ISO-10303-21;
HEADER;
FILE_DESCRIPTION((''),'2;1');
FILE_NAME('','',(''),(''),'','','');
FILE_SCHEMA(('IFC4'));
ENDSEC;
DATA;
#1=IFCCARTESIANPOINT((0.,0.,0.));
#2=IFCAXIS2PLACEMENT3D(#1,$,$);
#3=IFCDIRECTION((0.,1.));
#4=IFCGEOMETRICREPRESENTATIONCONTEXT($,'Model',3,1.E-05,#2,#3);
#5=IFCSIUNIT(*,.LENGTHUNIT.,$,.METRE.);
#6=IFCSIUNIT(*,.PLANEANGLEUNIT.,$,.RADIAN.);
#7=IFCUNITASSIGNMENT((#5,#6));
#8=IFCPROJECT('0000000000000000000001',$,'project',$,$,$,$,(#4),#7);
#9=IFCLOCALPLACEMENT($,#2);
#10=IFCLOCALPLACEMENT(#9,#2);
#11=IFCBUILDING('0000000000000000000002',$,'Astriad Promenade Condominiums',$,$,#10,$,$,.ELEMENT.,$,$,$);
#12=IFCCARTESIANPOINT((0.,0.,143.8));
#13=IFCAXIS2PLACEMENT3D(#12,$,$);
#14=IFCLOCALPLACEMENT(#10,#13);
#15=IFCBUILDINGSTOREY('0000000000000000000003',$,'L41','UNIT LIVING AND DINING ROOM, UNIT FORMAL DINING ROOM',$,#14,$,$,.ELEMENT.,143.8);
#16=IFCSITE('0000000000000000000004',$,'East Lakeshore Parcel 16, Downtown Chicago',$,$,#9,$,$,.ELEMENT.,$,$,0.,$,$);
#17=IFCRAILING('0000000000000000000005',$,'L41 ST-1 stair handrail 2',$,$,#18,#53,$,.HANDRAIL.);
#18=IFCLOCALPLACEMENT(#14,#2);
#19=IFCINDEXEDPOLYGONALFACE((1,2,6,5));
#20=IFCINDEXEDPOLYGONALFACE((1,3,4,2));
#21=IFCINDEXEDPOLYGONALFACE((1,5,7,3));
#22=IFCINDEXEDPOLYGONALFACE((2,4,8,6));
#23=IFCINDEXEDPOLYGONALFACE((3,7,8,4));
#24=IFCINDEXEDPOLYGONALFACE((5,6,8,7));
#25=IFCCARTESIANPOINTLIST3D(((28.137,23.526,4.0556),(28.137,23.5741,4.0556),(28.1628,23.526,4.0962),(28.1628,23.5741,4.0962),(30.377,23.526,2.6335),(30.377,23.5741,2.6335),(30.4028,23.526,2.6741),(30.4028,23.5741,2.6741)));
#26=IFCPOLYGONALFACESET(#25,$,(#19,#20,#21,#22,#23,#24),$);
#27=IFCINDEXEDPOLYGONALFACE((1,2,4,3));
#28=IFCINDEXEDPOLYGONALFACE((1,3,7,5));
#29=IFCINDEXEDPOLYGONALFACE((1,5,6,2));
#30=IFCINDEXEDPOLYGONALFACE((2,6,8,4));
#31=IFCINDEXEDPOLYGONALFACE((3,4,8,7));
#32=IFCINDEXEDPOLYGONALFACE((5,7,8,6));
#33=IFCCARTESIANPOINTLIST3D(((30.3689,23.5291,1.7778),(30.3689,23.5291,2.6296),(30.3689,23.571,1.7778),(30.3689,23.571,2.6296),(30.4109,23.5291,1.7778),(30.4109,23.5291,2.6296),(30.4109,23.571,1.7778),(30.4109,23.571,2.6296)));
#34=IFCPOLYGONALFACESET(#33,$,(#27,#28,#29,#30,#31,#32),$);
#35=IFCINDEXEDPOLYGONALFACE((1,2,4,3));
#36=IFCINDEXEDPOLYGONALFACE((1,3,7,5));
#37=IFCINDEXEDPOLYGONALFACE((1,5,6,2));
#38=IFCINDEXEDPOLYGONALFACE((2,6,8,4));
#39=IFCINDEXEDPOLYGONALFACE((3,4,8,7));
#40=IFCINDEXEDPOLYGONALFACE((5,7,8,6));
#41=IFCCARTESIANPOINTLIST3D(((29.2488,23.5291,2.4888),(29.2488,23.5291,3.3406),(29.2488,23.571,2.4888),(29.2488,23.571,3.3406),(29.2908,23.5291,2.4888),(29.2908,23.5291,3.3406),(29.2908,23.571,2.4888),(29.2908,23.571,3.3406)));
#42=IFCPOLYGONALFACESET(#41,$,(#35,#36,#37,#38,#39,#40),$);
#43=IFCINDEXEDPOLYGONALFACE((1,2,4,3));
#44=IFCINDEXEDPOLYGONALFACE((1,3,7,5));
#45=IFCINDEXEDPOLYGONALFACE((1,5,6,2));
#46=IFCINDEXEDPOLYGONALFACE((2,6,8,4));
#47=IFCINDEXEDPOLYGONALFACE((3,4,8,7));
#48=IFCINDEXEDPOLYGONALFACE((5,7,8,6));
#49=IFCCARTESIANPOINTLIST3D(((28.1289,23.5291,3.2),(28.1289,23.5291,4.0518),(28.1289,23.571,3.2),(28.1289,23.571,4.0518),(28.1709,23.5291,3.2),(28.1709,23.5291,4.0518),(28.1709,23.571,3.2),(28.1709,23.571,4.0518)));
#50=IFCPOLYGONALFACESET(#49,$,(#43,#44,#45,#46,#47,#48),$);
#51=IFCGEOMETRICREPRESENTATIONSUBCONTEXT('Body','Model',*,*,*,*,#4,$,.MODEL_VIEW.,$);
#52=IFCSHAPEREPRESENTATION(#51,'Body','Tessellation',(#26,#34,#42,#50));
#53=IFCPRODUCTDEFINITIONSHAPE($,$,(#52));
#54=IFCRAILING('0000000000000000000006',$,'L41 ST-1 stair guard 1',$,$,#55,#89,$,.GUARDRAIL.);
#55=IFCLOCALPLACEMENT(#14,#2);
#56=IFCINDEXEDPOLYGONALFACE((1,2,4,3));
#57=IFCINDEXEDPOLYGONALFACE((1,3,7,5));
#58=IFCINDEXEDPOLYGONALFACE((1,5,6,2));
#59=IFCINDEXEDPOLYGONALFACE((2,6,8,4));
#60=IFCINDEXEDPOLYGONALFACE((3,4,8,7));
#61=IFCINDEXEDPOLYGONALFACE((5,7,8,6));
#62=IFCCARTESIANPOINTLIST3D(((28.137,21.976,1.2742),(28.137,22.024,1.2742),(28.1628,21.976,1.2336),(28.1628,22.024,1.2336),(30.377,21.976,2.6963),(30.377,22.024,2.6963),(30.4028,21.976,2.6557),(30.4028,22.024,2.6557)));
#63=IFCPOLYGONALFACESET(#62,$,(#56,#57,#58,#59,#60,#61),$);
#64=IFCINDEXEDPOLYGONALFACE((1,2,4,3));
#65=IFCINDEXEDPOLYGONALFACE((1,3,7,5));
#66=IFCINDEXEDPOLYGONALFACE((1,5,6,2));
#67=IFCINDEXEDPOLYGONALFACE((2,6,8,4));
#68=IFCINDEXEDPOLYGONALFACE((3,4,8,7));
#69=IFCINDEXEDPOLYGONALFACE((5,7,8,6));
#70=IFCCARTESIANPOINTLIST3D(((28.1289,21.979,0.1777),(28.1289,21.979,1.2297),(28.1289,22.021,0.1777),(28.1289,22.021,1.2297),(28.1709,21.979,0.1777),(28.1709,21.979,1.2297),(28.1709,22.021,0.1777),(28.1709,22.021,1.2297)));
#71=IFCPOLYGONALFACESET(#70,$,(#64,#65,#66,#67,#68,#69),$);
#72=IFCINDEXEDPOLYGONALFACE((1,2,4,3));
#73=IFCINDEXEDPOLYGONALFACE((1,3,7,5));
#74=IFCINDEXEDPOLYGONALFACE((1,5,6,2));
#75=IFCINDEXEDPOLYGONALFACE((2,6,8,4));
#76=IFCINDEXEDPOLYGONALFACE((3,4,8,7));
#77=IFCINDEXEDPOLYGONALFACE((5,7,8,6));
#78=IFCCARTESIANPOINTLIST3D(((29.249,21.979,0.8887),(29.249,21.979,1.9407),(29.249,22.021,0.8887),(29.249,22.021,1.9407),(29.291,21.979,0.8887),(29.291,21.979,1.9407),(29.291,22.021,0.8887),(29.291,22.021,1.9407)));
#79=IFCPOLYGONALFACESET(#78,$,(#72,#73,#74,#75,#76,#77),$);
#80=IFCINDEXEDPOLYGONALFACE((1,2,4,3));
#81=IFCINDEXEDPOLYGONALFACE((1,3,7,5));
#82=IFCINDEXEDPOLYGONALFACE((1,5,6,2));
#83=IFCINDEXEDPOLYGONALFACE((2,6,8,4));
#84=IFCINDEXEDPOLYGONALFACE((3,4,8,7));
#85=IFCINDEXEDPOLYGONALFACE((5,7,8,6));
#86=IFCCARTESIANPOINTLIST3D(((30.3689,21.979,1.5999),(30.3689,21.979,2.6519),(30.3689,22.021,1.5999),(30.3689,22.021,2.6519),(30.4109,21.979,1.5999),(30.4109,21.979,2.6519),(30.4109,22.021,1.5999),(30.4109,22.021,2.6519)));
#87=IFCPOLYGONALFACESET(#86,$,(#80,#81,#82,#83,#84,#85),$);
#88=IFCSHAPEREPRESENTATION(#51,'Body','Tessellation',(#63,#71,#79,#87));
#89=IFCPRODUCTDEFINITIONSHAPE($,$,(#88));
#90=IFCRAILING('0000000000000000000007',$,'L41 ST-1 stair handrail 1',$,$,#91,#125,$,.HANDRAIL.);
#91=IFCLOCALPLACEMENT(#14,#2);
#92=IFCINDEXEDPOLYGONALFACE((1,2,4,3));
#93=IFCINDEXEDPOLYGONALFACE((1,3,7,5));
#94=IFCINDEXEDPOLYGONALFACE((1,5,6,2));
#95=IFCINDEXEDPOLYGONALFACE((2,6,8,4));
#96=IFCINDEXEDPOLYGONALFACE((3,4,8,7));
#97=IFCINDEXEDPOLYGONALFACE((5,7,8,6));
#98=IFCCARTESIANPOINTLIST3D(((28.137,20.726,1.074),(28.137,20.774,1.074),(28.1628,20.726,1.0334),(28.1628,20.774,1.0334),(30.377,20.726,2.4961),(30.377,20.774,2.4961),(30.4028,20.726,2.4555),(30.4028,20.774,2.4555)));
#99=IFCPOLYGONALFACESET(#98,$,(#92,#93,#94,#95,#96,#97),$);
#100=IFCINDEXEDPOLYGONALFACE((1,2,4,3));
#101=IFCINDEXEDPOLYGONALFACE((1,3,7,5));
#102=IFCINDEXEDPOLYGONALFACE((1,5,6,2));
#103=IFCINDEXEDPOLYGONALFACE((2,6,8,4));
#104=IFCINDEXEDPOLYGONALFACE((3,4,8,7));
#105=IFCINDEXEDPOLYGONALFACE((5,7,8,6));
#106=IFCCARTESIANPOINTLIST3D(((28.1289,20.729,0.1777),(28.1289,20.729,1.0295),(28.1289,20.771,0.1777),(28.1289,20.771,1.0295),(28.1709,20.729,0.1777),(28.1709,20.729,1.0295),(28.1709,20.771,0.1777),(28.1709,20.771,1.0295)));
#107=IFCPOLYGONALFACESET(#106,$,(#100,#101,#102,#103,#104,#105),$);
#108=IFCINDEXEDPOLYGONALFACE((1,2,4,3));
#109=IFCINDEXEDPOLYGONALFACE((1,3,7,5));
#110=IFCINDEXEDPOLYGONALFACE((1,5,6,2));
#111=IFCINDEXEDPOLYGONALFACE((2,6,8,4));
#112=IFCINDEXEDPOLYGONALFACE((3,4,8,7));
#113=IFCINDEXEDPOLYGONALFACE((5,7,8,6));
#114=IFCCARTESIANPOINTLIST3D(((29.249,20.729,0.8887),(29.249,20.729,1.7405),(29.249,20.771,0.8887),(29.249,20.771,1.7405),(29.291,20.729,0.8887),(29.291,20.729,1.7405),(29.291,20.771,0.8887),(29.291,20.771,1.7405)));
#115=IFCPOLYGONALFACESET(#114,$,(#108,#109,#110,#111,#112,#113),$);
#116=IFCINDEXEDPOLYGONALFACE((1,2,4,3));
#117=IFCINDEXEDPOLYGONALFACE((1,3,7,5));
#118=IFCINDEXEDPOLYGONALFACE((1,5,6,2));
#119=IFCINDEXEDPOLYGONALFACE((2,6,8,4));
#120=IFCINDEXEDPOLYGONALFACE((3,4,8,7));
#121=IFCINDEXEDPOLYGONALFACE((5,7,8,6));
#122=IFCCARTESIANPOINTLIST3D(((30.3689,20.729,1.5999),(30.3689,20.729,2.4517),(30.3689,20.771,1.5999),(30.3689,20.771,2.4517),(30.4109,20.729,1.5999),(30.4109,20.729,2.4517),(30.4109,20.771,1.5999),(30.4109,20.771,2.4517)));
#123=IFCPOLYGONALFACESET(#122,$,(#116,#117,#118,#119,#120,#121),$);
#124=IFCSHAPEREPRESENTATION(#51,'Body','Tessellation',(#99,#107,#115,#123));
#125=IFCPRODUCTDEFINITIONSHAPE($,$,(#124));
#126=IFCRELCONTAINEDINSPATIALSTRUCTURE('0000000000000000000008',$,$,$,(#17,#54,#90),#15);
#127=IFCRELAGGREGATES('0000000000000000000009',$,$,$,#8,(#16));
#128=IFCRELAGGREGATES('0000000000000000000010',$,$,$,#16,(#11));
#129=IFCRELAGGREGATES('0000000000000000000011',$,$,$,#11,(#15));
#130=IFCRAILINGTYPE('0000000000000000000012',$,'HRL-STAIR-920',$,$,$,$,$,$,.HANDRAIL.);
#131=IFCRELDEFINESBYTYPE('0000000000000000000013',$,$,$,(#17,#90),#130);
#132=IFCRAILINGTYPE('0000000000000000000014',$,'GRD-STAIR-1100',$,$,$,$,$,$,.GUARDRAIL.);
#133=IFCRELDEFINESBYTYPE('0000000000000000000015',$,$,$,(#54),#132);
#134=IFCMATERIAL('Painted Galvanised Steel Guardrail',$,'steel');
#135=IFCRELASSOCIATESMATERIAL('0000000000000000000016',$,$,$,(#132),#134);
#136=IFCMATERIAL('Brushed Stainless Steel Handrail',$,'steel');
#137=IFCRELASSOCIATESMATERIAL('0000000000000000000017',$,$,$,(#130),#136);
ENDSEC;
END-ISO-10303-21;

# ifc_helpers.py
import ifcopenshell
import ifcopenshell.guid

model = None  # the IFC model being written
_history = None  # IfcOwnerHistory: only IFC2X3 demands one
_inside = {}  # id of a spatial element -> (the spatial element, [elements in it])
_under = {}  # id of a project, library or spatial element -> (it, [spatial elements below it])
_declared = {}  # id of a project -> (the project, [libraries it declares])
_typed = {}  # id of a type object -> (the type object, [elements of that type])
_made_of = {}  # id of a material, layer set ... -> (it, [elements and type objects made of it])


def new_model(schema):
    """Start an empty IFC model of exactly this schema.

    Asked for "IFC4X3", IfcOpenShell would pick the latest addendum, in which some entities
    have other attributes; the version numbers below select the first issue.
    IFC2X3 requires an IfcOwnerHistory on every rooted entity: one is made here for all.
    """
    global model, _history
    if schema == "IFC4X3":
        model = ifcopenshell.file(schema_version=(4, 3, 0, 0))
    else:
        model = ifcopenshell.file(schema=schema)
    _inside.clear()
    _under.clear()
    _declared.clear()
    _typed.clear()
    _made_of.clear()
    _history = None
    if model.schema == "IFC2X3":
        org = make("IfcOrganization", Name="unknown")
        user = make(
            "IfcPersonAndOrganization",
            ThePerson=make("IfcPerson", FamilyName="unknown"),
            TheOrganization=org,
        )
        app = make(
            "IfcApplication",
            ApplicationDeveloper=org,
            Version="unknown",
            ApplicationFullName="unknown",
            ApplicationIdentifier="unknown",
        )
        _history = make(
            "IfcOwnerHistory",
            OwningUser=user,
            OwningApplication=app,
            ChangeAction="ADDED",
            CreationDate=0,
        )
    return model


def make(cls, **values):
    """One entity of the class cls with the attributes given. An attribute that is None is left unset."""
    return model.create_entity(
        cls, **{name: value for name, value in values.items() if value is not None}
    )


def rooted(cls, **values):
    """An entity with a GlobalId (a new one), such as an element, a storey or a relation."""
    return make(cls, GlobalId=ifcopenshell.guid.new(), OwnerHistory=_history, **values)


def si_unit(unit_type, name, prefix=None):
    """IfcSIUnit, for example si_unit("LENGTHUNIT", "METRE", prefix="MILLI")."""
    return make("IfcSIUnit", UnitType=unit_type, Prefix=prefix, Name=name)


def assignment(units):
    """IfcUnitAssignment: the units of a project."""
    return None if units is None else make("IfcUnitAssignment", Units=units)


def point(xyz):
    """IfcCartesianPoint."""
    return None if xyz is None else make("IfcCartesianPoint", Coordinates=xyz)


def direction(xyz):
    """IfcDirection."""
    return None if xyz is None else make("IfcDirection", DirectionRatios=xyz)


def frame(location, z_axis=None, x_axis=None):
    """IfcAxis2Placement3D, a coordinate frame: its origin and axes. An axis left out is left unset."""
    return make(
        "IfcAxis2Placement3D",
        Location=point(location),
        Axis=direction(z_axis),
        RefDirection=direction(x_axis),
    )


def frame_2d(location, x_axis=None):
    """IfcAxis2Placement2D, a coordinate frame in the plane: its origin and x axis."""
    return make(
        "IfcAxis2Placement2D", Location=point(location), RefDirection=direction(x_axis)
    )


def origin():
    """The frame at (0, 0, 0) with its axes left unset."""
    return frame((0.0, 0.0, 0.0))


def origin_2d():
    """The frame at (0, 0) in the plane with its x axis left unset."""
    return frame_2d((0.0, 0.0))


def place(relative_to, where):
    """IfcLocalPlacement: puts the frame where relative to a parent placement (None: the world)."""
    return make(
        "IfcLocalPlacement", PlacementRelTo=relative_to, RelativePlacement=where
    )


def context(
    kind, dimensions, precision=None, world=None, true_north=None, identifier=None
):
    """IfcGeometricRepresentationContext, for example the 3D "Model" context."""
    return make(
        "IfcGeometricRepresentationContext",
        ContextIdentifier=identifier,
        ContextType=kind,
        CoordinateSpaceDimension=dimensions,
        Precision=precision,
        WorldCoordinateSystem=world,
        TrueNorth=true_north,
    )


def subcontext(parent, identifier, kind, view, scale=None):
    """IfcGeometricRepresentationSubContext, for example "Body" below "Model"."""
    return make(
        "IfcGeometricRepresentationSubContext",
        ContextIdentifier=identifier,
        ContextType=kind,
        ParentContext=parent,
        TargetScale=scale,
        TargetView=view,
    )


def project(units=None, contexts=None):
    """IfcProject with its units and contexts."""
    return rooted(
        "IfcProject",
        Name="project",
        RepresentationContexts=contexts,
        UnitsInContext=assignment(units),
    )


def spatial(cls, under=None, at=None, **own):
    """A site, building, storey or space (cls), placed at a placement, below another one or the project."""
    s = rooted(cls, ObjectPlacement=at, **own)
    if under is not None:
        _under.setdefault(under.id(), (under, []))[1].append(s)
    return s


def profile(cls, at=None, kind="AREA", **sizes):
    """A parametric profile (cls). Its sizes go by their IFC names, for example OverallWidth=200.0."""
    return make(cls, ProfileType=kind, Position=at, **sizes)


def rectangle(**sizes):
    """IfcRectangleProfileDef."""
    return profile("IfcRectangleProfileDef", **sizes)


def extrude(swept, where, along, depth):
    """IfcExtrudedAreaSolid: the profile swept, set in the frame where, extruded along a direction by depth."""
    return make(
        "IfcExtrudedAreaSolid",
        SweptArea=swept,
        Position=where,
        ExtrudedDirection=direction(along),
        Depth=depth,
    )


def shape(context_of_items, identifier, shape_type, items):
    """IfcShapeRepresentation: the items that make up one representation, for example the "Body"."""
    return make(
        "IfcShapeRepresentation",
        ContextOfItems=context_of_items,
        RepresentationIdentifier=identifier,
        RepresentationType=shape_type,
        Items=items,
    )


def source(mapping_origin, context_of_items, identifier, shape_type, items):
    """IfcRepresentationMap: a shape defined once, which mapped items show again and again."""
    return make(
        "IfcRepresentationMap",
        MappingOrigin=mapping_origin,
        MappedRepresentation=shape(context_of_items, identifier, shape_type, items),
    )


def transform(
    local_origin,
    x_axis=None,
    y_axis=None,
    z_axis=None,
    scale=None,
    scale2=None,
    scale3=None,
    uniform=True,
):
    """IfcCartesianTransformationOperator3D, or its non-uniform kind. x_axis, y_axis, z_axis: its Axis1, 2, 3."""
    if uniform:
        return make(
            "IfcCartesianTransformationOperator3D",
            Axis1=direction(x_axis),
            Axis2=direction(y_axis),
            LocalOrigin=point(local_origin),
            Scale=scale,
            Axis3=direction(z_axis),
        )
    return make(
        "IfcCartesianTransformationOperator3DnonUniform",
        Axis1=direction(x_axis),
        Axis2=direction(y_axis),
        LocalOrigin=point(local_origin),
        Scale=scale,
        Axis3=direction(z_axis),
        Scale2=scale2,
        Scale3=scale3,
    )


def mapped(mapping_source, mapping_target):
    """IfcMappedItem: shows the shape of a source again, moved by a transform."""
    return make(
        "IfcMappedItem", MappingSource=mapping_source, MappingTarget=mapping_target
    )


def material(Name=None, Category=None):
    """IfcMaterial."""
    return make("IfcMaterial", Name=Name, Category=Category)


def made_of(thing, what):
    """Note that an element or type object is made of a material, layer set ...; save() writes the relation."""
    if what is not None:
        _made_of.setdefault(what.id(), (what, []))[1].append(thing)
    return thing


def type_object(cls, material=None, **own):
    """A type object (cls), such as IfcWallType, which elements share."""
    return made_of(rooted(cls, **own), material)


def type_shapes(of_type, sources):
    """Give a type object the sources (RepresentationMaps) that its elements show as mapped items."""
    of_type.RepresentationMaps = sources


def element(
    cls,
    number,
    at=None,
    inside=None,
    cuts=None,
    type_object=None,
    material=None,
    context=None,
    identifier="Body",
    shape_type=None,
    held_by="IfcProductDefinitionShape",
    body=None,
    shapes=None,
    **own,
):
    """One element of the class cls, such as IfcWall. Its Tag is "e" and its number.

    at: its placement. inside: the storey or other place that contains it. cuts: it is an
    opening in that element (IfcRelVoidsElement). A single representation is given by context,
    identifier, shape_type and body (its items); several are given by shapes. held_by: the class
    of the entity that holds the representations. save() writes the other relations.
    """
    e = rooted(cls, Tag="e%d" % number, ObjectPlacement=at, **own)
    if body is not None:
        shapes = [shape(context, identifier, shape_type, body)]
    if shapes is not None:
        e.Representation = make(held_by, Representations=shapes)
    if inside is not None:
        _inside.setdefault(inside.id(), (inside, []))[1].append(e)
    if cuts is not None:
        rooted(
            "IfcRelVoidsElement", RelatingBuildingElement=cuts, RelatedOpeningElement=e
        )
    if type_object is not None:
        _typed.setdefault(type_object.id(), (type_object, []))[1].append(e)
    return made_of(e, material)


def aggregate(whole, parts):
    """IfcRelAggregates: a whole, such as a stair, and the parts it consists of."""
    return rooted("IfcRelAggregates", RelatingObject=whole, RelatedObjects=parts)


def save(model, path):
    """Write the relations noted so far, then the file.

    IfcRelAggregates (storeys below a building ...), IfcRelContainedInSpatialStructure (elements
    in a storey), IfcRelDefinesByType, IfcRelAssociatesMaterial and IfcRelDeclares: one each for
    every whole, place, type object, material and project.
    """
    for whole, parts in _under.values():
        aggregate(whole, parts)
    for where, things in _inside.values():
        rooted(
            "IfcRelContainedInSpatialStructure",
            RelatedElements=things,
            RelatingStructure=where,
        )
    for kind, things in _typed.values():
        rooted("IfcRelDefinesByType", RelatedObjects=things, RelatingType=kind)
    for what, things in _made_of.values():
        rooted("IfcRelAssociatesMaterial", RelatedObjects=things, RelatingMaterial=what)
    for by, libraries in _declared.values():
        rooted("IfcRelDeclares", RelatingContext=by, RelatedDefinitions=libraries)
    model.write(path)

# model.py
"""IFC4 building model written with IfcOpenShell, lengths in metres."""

from ifc_helpers import new_model, si_unit, direction, frame, origin, origin_2d, place, context, subcontext, project, spatial, rectangle, extrude, source, transform, mapped, material, type_object, type_shapes, element, save


model = new_model("IFC4")

# Units and contexts
model_context = context("Model", 3, precision=1e-05, world=origin(), true_north=direction((0.0, 1.0)))
body_context = subcontext(model_context, "Body", "Model", "MODEL_VIEW")
ifc_project = project(units=[si_unit("LENGTHUNIT", "METRE"), si_unit("PLANEANGLEUNIT", "RADIAN")], contexts=[model_context])

# Site, building, storey
site_placement = place(None, origin())
site = spatial("IfcSite", under=ifc_project, at=site_placement, Name="East Lakeshore Parcel 16, Downtown Chicago", CompositionType="ELEMENT", RefElevation=0.0)
building_placement = place(site_placement, origin())
building = spatial("IfcBuilding", under=site, at=building_placement, Name="Astriad Promenade Condominiums", CompositionType="ELEMENT")
storey_placement = place(building_placement, frame((0.0, 0.0, 143.8)))
storey = spatial("IfcBuildingStorey", under=building, at=storey_placement, Name="L41", Description="UNIT LIVING AND DINING ROOM, UNIT FORMAL DINING ROOM", CompositionType="ELEMENT", Elevation=143.8)

# Railings
ifc_material_1 = material(Name="Painted Galvanised Steel Guardrail", Category="steel")
railing_type_1 = type_object("IfcRailingType", Name="GRD-STAIR-1100", PredefinedType="GUARDRAIL", material=ifc_material_1)
ifc_material_2 = material(Name="Brushed Stainless Steel Handrail", Category="steel")
railing_type_2 = type_object("IfcRailingType", Name="HRL-STAIR-920", PredefinedType="HANDRAIL", material=ifc_material_2)
shared_shape_1 = source(origin(), body_context, "Body", "SweptSolid", [
    extrude(rectangle(XDim=0.0481, YDim=0.0481, at=origin_2d()), frame((0.0, 0.0, 0.876), z_axis=(-0.844229, 0.0, 0.535982), x_axis=(0.0, -1.0, 0.0)), (0.0, 0.0, 1.0), 2.6533),
    extrude(rectangle(XDim=0.042, YDim=0.042, at=origin_2d()), origin(), (0.0, 0.0, 1.0), 0.8518),
    extrude(rectangle(XDim=0.042, YDim=0.042, at=origin_2d()), frame((-1.1201, 0.0, 0.7109)), (0.0, 0.0, 1.0), 0.8518),
    extrude(rectangle(XDim=0.042, YDim=0.042, at=origin_2d()), frame((-2.24, 0.0, 1.4221)), (0.0, 0.0, 1.0), 0.8518),
])
railing_1_placement = place(storey_placement, frame((30.3899, 23.55, 1.7778)))
element("IfcRailing", 1, at=railing_1_placement, inside=storey, type_object=railing_type_2, Name="L41 ST-1 stair handrail 2", PredefinedType="HANDRAIL", context=body_context, shape_type="MappedRepresentation", body=[
    mapped(shared_shape_1, transform((0.0, 0.0, 0.0), scale=1.0)),
])
shared_shape_2 = source(origin(), body_context, "Body", "SweptSolid", [
    extrude(rectangle(XDim=0.0481, YDim=0.0481, at=origin_2d()), frame((0.0, 0.0, 1.0762), z_axis=(0.844229, 0.0, 0.535982), x_axis=(0.0, 1.0, 0.0)), (0.0, 0.0, 1.0), 2.6533),
    extrude(rectangle(XDim=0.042, YDim=0.042, at=origin_2d()), origin(), (0.0, 0.0, 1.0), 1.052),
    extrude(rectangle(XDim=0.042, YDim=0.042, at=origin_2d()), frame((1.1201, 0.0, 0.7109)), (0.0, 0.0, 1.0), 1.052),
    extrude(rectangle(XDim=0.042, YDim=0.042, at=origin_2d()), frame((2.24, 0.0, 1.4221)), (0.0, 0.0, 1.0), 1.052),
])
railing_2_placement = place(storey_placement, frame((28.1499, 22.0, 0.1777)))
element("IfcRailing", 2, at=railing_2_placement, inside=storey, type_object=railing_type_1, Name="L41 ST-1 stair guard 1", PredefinedType="GUARDRAIL", context=body_context, shape_type="MappedRepresentation", body=[
    mapped(shared_shape_2, transform((0.0, 0.0, 0.0), scale=1.0)),
])
shared_shape_3 = source(origin(), body_context, "Body", "SweptSolid", [
    extrude(rectangle(XDim=0.0481, YDim=0.0481, at=origin_2d()), frame((0.0, 0.0, 0.876), z_axis=(0.844229, 0.0, 0.535982), x_axis=(0.0, 1.0, 0.0)), (0.0, 0.0, 1.0), 2.6533),
    extrude(rectangle(XDim=0.042, YDim=0.042, at=origin_2d()), origin(), (0.0, 0.0, 1.0), 0.8518),
    extrude(rectangle(XDim=0.042, YDim=0.042, at=origin_2d()), frame((1.1201, 0.0, 0.7109)), (0.0, 0.0, 1.0), 0.8518),
    extrude(rectangle(XDim=0.042, YDim=0.042, at=origin_2d()), frame((2.24, 0.0, 1.4221)), (0.0, 0.0, 1.0), 0.8518),
])
type_shapes(railing_type_2, [shared_shape_1, shared_shape_3])
railing_3_placement = place(storey_placement, frame((28.1499, 20.75, 0.1777)))
element("IfcRailing", 3, at=railing_3_placement, inside=storey, type_object=railing_type_2, Name="L41 ST-1 stair handrail 1", PredefinedType="HANDRAIL", context=body_context, shape_type="MappedRepresentation", body=[
    mapped(shared_shape_3, transform((0.0, 0.0, 0.0), scale=1.0)),
])

save(model, "model.ifc")
